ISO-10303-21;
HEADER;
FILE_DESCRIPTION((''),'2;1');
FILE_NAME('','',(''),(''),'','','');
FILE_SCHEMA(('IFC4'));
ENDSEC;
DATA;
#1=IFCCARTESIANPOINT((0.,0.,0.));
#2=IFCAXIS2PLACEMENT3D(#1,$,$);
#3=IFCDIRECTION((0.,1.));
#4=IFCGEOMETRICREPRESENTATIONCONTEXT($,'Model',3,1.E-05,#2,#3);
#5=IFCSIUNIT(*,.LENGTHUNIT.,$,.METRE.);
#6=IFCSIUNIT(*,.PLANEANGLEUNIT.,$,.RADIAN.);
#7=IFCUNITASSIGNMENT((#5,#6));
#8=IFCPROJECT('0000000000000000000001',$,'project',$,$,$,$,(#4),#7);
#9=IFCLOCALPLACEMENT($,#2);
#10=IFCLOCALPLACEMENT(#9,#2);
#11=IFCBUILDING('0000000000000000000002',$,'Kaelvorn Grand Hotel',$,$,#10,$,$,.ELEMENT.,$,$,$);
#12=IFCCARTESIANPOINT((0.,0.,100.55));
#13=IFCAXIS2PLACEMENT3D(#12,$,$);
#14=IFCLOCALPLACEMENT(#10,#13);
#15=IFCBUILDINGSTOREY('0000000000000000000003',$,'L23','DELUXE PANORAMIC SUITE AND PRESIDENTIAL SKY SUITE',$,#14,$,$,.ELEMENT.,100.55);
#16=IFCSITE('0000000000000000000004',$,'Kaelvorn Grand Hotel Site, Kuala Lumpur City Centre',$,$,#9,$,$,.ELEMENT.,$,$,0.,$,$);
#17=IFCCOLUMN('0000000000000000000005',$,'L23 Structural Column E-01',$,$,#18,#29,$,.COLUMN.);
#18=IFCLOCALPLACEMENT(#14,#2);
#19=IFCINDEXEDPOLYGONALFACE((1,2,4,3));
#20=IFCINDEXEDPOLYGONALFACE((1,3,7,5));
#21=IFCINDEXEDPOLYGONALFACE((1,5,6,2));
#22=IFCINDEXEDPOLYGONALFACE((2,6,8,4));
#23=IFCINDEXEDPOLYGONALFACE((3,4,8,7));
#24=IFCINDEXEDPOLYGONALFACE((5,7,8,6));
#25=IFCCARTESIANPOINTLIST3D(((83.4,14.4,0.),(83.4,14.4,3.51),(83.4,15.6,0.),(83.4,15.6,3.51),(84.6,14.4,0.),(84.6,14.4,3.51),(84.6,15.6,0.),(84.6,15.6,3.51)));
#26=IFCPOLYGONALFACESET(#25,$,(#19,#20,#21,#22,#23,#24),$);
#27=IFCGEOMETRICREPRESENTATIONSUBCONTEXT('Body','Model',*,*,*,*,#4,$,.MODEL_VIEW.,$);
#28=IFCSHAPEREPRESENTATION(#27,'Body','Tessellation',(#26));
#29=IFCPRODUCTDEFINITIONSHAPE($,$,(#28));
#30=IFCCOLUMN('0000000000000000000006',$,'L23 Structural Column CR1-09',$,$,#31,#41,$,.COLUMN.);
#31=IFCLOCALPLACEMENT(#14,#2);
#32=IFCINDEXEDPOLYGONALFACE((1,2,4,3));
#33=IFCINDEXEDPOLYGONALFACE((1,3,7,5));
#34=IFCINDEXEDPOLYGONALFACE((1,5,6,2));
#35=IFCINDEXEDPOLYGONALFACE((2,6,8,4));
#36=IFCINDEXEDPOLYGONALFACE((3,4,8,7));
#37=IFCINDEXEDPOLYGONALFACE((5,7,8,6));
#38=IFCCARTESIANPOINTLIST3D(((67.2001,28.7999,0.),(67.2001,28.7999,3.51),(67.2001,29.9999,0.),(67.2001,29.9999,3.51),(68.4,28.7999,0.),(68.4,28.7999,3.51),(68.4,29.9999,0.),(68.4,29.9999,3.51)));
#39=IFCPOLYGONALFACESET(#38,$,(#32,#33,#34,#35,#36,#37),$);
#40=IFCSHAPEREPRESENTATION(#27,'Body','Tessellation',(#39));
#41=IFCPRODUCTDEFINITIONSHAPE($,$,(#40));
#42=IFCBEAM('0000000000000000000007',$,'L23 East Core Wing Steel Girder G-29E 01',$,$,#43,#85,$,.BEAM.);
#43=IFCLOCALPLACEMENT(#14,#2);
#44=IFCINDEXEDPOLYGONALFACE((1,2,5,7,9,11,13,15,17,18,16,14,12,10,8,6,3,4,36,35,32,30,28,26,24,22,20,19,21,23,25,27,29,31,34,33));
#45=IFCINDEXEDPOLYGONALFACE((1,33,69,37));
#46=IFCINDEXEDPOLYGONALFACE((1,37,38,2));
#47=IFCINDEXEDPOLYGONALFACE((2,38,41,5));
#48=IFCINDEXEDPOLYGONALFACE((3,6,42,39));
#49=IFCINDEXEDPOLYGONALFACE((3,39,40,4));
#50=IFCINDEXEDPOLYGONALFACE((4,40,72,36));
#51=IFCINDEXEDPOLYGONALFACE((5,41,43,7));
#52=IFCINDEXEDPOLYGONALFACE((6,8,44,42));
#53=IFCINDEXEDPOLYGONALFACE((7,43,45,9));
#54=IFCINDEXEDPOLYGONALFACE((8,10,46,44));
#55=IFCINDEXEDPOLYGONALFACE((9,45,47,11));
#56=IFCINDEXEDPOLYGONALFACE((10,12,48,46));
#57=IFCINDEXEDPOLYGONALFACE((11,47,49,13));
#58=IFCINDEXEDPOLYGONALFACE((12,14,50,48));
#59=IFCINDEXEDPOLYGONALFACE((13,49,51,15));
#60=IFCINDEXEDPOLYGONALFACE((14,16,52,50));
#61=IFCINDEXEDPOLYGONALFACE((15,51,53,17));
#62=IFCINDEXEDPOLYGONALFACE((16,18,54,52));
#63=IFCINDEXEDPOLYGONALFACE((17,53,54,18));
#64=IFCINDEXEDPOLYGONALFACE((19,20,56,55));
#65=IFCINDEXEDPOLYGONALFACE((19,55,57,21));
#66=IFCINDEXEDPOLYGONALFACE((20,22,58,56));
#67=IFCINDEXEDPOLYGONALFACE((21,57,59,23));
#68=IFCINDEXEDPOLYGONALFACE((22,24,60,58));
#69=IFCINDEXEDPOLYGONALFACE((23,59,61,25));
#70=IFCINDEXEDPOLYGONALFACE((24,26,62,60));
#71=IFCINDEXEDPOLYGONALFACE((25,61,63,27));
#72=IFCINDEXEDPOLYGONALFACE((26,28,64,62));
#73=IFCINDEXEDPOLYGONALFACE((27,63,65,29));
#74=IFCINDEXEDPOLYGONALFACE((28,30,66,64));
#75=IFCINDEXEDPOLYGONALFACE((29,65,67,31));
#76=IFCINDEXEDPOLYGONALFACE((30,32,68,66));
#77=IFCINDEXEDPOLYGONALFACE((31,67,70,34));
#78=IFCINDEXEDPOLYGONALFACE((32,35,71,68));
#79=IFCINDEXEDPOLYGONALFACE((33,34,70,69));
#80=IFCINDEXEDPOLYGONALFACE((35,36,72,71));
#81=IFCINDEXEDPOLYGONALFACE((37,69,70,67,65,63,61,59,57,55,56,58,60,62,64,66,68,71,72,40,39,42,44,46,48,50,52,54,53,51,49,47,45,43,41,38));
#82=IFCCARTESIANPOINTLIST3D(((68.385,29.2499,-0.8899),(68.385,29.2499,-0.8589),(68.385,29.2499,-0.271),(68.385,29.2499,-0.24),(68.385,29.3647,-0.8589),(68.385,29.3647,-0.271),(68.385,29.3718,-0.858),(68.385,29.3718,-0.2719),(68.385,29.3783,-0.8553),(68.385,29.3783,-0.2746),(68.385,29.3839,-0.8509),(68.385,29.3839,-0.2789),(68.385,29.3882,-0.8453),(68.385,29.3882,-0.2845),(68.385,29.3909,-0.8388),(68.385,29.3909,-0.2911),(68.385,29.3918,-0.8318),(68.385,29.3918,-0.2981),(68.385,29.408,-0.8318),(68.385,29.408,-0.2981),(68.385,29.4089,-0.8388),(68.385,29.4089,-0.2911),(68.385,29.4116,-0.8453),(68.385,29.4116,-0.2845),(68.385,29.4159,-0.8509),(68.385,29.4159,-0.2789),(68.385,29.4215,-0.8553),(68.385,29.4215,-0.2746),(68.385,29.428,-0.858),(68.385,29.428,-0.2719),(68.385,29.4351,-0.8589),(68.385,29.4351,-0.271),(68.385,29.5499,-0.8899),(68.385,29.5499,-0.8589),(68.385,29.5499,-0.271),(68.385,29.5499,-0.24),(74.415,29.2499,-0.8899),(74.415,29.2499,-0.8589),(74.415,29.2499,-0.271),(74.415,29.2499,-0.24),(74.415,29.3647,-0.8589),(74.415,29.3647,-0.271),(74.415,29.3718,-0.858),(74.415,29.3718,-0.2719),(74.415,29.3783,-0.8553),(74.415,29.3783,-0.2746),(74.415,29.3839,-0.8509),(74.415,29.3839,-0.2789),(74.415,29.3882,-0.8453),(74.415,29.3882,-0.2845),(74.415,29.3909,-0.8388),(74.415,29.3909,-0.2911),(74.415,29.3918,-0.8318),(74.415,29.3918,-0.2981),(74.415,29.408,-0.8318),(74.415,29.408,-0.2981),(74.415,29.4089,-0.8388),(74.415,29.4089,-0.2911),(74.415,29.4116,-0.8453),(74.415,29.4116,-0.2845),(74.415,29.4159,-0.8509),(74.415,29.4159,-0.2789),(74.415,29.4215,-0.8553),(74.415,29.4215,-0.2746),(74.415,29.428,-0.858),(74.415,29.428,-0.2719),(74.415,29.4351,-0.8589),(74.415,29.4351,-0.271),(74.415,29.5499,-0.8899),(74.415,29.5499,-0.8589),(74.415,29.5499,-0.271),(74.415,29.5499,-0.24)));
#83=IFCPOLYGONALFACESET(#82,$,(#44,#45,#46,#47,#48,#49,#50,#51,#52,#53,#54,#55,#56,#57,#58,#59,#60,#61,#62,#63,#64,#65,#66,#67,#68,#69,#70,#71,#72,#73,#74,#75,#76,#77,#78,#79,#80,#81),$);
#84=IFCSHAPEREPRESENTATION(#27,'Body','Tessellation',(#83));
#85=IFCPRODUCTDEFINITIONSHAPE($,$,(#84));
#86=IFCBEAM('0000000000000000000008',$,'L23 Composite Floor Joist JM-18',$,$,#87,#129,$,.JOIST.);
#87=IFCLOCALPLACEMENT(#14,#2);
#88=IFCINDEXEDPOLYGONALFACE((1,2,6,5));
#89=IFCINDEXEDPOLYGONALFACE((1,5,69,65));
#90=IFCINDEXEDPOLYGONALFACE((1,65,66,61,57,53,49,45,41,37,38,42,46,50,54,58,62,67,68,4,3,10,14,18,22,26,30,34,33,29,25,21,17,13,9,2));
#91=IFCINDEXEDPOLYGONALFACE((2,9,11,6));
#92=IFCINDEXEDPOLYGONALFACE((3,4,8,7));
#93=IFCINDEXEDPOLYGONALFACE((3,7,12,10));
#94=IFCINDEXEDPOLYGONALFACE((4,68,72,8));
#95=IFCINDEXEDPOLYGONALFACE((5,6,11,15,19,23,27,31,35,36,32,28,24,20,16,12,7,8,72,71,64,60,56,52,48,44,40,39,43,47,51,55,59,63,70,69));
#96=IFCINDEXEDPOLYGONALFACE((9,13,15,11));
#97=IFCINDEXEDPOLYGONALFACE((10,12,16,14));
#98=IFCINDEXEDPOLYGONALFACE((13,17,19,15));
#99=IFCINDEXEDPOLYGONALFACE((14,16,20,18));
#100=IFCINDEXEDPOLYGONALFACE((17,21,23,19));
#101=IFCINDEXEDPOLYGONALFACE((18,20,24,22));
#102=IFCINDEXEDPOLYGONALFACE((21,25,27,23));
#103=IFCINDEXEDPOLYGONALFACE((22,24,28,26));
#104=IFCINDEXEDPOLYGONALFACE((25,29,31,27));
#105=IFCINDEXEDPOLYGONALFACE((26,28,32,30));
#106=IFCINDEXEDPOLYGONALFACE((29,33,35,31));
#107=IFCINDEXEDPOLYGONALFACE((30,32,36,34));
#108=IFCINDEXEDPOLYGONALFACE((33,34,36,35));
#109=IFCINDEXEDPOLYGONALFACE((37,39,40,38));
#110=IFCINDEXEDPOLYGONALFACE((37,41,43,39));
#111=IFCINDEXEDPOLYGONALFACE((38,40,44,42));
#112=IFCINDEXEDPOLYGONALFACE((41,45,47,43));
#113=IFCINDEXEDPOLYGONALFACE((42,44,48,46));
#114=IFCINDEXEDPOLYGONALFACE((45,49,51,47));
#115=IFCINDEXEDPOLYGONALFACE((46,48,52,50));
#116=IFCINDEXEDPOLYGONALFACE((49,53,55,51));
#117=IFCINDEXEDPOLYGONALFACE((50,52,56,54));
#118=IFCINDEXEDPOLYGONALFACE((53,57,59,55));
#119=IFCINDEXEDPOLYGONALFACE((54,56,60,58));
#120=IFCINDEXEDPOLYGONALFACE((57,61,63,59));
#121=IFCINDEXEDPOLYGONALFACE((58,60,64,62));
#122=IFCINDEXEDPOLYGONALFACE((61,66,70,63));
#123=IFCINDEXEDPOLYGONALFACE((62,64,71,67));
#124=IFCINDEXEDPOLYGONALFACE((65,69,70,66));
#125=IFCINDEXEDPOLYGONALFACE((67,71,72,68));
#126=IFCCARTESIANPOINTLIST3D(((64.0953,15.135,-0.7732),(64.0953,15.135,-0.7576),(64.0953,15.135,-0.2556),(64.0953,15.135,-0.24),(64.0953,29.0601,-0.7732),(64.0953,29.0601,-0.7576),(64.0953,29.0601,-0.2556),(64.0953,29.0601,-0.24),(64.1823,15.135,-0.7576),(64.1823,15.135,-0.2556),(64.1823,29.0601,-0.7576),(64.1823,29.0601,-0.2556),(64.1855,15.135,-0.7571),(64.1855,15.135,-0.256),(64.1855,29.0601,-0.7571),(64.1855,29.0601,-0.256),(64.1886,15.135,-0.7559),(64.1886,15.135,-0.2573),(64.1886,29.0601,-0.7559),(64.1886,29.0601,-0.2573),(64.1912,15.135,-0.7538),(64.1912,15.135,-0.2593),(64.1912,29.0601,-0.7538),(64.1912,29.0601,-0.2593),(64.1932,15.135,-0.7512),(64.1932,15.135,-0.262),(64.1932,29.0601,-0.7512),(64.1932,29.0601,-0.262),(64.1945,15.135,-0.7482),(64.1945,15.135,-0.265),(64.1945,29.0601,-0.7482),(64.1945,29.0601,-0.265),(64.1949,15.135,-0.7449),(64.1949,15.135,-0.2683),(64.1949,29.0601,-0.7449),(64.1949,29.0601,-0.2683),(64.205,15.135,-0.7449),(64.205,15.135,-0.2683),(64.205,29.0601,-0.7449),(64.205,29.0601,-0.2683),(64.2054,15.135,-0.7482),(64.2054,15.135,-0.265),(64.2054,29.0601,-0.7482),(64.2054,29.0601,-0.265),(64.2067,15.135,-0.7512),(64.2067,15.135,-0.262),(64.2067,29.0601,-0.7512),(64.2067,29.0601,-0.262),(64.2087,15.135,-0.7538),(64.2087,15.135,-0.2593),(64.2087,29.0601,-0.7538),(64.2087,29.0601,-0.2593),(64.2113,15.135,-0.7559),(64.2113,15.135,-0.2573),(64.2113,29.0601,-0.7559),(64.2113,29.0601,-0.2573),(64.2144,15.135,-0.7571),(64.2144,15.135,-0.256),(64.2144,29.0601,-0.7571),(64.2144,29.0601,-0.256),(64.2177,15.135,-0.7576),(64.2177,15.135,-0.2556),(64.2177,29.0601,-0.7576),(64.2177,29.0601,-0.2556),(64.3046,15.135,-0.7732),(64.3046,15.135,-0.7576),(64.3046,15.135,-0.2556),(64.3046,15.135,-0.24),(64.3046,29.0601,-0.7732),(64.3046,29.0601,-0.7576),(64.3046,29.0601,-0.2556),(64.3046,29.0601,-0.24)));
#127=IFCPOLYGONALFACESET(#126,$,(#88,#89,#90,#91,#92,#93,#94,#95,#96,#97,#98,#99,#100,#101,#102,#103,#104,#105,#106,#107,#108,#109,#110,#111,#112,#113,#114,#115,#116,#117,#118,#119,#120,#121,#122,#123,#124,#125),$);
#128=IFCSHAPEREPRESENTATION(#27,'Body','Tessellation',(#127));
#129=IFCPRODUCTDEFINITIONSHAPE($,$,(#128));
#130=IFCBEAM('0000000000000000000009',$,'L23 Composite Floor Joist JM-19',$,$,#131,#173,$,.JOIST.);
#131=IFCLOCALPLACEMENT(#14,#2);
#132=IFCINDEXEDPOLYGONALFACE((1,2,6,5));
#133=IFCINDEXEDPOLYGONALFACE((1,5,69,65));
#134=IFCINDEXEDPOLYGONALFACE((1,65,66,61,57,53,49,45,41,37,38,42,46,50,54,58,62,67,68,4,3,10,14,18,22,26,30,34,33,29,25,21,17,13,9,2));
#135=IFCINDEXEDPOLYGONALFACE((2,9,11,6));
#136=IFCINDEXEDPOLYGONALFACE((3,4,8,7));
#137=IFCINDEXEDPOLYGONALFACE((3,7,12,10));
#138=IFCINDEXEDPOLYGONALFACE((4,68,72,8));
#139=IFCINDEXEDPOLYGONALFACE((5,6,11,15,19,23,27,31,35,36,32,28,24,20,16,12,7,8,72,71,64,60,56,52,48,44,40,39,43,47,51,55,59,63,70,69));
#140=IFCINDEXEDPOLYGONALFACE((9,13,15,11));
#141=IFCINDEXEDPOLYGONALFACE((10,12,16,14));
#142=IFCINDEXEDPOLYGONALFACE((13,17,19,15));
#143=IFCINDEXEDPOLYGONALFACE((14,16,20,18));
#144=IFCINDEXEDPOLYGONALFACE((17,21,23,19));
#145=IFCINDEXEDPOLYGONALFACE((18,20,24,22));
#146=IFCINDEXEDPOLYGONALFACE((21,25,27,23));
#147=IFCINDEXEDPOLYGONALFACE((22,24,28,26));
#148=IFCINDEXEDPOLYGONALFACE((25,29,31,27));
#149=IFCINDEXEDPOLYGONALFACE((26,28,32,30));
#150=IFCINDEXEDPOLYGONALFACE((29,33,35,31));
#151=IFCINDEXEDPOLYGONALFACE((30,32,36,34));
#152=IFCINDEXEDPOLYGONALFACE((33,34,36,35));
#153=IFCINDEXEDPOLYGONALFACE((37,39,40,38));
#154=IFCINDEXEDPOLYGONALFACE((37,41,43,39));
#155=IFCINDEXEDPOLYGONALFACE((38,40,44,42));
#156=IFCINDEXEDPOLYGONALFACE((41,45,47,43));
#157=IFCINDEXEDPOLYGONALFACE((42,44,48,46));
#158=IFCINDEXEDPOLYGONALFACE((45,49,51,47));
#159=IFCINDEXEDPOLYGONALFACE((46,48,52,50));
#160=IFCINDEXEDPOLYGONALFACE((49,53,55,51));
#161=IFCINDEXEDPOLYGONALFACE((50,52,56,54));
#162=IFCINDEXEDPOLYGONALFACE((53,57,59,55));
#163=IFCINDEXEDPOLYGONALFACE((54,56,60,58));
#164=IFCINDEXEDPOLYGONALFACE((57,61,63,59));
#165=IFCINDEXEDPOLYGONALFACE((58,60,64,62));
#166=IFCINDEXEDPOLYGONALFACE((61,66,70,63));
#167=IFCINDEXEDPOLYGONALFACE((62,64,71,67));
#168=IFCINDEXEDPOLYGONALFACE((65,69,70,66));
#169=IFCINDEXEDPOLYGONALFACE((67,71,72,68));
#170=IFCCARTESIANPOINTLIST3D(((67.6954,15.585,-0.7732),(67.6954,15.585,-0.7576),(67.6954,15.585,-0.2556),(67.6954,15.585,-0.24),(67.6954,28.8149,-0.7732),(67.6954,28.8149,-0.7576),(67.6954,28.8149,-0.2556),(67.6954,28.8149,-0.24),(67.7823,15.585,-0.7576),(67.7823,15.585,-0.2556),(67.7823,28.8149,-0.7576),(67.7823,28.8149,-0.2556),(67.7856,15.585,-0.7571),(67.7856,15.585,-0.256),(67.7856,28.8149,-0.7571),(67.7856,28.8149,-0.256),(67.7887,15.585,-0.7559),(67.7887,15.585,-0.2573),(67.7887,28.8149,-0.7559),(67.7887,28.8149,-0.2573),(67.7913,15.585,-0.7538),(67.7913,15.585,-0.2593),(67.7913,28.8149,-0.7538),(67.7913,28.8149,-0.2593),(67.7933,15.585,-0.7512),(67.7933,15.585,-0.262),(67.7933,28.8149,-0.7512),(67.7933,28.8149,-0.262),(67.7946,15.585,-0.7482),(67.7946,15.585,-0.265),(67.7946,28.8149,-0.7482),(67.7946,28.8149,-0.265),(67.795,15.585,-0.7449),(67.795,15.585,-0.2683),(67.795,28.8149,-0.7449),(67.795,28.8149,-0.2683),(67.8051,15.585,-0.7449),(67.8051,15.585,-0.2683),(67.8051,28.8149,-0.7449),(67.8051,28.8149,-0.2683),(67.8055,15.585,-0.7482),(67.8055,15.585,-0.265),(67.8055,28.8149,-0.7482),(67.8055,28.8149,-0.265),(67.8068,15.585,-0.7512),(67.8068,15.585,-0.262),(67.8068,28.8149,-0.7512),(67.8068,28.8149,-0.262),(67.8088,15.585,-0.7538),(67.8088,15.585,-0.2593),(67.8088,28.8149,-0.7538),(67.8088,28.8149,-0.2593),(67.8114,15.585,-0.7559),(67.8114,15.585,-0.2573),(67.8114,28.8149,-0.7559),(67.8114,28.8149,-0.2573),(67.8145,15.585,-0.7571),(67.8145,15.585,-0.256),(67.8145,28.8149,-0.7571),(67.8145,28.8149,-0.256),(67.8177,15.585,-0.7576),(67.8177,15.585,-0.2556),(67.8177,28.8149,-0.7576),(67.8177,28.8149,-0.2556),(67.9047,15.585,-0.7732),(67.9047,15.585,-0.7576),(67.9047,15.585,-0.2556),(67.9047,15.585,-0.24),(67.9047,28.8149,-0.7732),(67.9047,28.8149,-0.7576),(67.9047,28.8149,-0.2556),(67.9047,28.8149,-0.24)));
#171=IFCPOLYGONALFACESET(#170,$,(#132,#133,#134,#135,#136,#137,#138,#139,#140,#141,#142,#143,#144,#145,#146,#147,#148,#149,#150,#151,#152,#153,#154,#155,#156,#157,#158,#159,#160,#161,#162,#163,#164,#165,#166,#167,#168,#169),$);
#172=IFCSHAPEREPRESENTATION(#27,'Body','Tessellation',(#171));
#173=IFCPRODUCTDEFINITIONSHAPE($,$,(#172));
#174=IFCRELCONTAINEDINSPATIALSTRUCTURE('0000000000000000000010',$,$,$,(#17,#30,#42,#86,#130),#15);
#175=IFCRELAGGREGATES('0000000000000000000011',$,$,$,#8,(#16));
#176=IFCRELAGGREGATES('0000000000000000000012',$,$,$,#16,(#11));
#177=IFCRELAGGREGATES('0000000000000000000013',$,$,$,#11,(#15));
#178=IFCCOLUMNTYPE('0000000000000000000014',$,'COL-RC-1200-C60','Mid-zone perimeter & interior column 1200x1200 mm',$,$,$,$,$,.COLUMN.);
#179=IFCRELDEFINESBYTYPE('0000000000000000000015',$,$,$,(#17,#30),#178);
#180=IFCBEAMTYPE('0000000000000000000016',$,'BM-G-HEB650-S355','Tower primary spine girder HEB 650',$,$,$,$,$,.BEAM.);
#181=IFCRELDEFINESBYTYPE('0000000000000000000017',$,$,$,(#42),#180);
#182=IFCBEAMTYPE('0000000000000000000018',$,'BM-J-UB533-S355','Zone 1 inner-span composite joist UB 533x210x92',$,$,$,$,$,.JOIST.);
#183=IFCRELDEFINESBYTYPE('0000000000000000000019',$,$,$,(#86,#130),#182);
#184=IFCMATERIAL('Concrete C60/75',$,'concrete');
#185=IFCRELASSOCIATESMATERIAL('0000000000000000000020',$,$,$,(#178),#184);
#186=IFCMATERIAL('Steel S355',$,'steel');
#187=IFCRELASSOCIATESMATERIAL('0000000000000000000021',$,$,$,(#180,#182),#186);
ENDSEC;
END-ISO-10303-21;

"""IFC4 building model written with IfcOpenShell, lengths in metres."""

from ifc_helpers import new_model, si_unit, direction, frame, origin, origin_2d, place, context, subcontext, project, spatial, rectangle, i_section, extrude, material, material_profile, profile_set, type_object, element, save


model = new_model("IFC4")

# Units and contexts
model_context = context("Model", 3, precision=1e-05, world=origin(), true_north=direction((0.0, 1.0)))
body_context = subcontext(model_context, "Body", "Model", "MODEL_VIEW")
ifc_project = project(units=[si_unit("LENGTHUNIT", "METRE"), si_unit("PLANEANGLEUNIT", "RADIAN")], contexts=[model_context])

# Site, building, storey
site_placement = place(None, origin())
site = spatial("IfcSite", under=ifc_project, at=site_placement, Name="Kaelvorn Grand Hotel Site, Kuala Lumpur City Centre", CompositionType="ELEMENT", RefElevation=0.0)
building_placement = place(site_placement, origin())
building = spatial("IfcBuilding", under=site, at=building_placement, Name="Kaelvorn Grand Hotel", CompositionType="ELEMENT")
storey_placement = place(building_placement, frame((0.0, 0.0, 100.55)))
storey = spatial("IfcBuildingStorey", under=building, at=storey_placement, Name="L23", Description="DELUXE PANORAMIC SUITE AND PRESIDENTIAL SKY SUITE", CompositionType="ELEMENT", Elevation=100.55)

# Columns
ifc_material_1 = material(Name="Concrete C60/75", Category="concrete")
ifc_material_profile_1 = material_profile(ifc_material_1, rectangle(XDim=1.2, YDim=1.2, at=origin_2d()), Name="RC COL 1200x1200")
ifc_profile_set_1 = profile_set([ifc_material_profile_1], Name="Concrete C60/75")
column_type = type_object("IfcColumnType", Name="COL-RC-1200-C60", Description="Mid-zone perimeter & interior column 1200x1200 mm", PredefinedType="COLUMN", material=ifc_profile_set_1)
for number, where, z_axis, x_axis, name in (
    (1, (84.0, 15.0, 0.0), (0.0, 0.0, 1.0), (1.0, 0.0, 0.0), "L23 Structural Column E-01"),
    (2, (67.8, 29.3999, 0.0), (0.0, 0.0, 1.0), (1.0, 0.0, 0.0), "L23 Structural Column CR1-09"),
):
    element("IfcColumn", number, at=place(storey_placement, frame(where, z_axis=z_axis, x_axis=x_axis)), inside=storey, type_object=column_type, Name=name, PredefinedType="COLUMN", context=body_context, shape_type="SweptSolid", body=[
        extrude(rectangle(XDim=1.2, YDim=1.2, at=origin_2d()), origin(), (0.0, 0.0, 1.0), 3.51),
    ])

# Beams
ifc_material_2 = material(Name="Steel S355", Category="steel")
ifc_material_profile_2 = material_profile(ifc_material_2, i_section(OverallWidth=0.3, OverallDepth=0.6499, WebThickness=0.0161, FlangeThickness=0.031, FilletRadius=0.0271, at=origin_2d()), Name="HEB 650")
ifc_profile_set_2 = profile_set([ifc_material_profile_2], Name="Steel S355")
beam_type_1 = type_object("IfcBeamType", Name="BM-G-HEB650-S355", Description="Tower primary spine girder HEB 650", PredefinedType="BEAM", material=ifc_profile_set_2)
beam_1_placement = place(storey_placement, frame((68.385, 29.3999, -0.5649), z_axis=(1.0, 0.0, 0.0), x_axis=(0.0, 1.0, 0.0)))
element("IfcBeam", 3, at=beam_1_placement, inside=storey, type_object=beam_type_1, Name="L23 East Core Wing Steel Girder G-29E 01", PredefinedType="BEAM", context=body_context, shape_type="SweptSolid", body=[
    extrude(i_section(OverallWidth=0.3, OverallDepth=0.6499, WebThickness=0.0161, FlangeThickness=0.031, FilletRadius=0.0271, at=origin_2d()), origin(), (0.0, 0.0, 1.0), 6.03),
])
ifc_material_profile_3 = material_profile(ifc_material_2, i_section(OverallWidth=0.2092, OverallDepth=0.5332, WebThickness=0.01, FlangeThickness=0.0156, FilletRadius=0.0127, at=origin_2d()), Name="UB 533x210x92")
ifc_profile_set_3 = profile_set([ifc_material_profile_3], Name="Steel S355")
beam_type_2 = type_object("IfcBeamType", Name="BM-J-UB533-S355", Description="Zone 1 inner-span composite joist UB 533x210x92", PredefinedType="JOIST", material=ifc_profile_set_3)
beam_2_placement = place(storey_placement, frame((64.2, 15.135, -0.5066), z_axis=(0.0, 1.0, 0.0), x_axis=(-1.0, 0.0, 0.0)))
element("IfcBeam", 4, at=beam_2_placement, inside=storey, type_object=beam_type_2, Name="L23 Composite Floor Joist JM-18", PredefinedType="JOIST", context=body_context, shape_type="SweptSolid", body=[
    extrude(i_section(OverallWidth=0.2092, OverallDepth=0.5332, WebThickness=0.01, FlangeThickness=0.0156, FilletRadius=0.0127, at=origin_2d()), origin(), (0.0, 0.0, 1.0), 13.925),
])
beam_3_placement = place(storey_placement, frame((67.8, 15.585, -0.5066), z_axis=(0.0, 1.0, 0.0), x_axis=(-1.0, 0.0, 0.0)))
element("IfcBeam", 5, at=beam_3_placement, inside=storey, type_object=beam_type_2, Name="L23 Composite Floor Joist JM-19", PredefinedType="JOIST", context=body_context, shape_type="SweptSolid", body=[
    extrude(i_section(OverallWidth=0.2092, OverallDepth=0.5332, WebThickness=0.01, FlangeThickness=0.0156, FilletRadius=0.0127, at=origin_2d()), origin(), (0.0, 0.0, 1.0), 13.23),
])

save(model, "model.ifc")
